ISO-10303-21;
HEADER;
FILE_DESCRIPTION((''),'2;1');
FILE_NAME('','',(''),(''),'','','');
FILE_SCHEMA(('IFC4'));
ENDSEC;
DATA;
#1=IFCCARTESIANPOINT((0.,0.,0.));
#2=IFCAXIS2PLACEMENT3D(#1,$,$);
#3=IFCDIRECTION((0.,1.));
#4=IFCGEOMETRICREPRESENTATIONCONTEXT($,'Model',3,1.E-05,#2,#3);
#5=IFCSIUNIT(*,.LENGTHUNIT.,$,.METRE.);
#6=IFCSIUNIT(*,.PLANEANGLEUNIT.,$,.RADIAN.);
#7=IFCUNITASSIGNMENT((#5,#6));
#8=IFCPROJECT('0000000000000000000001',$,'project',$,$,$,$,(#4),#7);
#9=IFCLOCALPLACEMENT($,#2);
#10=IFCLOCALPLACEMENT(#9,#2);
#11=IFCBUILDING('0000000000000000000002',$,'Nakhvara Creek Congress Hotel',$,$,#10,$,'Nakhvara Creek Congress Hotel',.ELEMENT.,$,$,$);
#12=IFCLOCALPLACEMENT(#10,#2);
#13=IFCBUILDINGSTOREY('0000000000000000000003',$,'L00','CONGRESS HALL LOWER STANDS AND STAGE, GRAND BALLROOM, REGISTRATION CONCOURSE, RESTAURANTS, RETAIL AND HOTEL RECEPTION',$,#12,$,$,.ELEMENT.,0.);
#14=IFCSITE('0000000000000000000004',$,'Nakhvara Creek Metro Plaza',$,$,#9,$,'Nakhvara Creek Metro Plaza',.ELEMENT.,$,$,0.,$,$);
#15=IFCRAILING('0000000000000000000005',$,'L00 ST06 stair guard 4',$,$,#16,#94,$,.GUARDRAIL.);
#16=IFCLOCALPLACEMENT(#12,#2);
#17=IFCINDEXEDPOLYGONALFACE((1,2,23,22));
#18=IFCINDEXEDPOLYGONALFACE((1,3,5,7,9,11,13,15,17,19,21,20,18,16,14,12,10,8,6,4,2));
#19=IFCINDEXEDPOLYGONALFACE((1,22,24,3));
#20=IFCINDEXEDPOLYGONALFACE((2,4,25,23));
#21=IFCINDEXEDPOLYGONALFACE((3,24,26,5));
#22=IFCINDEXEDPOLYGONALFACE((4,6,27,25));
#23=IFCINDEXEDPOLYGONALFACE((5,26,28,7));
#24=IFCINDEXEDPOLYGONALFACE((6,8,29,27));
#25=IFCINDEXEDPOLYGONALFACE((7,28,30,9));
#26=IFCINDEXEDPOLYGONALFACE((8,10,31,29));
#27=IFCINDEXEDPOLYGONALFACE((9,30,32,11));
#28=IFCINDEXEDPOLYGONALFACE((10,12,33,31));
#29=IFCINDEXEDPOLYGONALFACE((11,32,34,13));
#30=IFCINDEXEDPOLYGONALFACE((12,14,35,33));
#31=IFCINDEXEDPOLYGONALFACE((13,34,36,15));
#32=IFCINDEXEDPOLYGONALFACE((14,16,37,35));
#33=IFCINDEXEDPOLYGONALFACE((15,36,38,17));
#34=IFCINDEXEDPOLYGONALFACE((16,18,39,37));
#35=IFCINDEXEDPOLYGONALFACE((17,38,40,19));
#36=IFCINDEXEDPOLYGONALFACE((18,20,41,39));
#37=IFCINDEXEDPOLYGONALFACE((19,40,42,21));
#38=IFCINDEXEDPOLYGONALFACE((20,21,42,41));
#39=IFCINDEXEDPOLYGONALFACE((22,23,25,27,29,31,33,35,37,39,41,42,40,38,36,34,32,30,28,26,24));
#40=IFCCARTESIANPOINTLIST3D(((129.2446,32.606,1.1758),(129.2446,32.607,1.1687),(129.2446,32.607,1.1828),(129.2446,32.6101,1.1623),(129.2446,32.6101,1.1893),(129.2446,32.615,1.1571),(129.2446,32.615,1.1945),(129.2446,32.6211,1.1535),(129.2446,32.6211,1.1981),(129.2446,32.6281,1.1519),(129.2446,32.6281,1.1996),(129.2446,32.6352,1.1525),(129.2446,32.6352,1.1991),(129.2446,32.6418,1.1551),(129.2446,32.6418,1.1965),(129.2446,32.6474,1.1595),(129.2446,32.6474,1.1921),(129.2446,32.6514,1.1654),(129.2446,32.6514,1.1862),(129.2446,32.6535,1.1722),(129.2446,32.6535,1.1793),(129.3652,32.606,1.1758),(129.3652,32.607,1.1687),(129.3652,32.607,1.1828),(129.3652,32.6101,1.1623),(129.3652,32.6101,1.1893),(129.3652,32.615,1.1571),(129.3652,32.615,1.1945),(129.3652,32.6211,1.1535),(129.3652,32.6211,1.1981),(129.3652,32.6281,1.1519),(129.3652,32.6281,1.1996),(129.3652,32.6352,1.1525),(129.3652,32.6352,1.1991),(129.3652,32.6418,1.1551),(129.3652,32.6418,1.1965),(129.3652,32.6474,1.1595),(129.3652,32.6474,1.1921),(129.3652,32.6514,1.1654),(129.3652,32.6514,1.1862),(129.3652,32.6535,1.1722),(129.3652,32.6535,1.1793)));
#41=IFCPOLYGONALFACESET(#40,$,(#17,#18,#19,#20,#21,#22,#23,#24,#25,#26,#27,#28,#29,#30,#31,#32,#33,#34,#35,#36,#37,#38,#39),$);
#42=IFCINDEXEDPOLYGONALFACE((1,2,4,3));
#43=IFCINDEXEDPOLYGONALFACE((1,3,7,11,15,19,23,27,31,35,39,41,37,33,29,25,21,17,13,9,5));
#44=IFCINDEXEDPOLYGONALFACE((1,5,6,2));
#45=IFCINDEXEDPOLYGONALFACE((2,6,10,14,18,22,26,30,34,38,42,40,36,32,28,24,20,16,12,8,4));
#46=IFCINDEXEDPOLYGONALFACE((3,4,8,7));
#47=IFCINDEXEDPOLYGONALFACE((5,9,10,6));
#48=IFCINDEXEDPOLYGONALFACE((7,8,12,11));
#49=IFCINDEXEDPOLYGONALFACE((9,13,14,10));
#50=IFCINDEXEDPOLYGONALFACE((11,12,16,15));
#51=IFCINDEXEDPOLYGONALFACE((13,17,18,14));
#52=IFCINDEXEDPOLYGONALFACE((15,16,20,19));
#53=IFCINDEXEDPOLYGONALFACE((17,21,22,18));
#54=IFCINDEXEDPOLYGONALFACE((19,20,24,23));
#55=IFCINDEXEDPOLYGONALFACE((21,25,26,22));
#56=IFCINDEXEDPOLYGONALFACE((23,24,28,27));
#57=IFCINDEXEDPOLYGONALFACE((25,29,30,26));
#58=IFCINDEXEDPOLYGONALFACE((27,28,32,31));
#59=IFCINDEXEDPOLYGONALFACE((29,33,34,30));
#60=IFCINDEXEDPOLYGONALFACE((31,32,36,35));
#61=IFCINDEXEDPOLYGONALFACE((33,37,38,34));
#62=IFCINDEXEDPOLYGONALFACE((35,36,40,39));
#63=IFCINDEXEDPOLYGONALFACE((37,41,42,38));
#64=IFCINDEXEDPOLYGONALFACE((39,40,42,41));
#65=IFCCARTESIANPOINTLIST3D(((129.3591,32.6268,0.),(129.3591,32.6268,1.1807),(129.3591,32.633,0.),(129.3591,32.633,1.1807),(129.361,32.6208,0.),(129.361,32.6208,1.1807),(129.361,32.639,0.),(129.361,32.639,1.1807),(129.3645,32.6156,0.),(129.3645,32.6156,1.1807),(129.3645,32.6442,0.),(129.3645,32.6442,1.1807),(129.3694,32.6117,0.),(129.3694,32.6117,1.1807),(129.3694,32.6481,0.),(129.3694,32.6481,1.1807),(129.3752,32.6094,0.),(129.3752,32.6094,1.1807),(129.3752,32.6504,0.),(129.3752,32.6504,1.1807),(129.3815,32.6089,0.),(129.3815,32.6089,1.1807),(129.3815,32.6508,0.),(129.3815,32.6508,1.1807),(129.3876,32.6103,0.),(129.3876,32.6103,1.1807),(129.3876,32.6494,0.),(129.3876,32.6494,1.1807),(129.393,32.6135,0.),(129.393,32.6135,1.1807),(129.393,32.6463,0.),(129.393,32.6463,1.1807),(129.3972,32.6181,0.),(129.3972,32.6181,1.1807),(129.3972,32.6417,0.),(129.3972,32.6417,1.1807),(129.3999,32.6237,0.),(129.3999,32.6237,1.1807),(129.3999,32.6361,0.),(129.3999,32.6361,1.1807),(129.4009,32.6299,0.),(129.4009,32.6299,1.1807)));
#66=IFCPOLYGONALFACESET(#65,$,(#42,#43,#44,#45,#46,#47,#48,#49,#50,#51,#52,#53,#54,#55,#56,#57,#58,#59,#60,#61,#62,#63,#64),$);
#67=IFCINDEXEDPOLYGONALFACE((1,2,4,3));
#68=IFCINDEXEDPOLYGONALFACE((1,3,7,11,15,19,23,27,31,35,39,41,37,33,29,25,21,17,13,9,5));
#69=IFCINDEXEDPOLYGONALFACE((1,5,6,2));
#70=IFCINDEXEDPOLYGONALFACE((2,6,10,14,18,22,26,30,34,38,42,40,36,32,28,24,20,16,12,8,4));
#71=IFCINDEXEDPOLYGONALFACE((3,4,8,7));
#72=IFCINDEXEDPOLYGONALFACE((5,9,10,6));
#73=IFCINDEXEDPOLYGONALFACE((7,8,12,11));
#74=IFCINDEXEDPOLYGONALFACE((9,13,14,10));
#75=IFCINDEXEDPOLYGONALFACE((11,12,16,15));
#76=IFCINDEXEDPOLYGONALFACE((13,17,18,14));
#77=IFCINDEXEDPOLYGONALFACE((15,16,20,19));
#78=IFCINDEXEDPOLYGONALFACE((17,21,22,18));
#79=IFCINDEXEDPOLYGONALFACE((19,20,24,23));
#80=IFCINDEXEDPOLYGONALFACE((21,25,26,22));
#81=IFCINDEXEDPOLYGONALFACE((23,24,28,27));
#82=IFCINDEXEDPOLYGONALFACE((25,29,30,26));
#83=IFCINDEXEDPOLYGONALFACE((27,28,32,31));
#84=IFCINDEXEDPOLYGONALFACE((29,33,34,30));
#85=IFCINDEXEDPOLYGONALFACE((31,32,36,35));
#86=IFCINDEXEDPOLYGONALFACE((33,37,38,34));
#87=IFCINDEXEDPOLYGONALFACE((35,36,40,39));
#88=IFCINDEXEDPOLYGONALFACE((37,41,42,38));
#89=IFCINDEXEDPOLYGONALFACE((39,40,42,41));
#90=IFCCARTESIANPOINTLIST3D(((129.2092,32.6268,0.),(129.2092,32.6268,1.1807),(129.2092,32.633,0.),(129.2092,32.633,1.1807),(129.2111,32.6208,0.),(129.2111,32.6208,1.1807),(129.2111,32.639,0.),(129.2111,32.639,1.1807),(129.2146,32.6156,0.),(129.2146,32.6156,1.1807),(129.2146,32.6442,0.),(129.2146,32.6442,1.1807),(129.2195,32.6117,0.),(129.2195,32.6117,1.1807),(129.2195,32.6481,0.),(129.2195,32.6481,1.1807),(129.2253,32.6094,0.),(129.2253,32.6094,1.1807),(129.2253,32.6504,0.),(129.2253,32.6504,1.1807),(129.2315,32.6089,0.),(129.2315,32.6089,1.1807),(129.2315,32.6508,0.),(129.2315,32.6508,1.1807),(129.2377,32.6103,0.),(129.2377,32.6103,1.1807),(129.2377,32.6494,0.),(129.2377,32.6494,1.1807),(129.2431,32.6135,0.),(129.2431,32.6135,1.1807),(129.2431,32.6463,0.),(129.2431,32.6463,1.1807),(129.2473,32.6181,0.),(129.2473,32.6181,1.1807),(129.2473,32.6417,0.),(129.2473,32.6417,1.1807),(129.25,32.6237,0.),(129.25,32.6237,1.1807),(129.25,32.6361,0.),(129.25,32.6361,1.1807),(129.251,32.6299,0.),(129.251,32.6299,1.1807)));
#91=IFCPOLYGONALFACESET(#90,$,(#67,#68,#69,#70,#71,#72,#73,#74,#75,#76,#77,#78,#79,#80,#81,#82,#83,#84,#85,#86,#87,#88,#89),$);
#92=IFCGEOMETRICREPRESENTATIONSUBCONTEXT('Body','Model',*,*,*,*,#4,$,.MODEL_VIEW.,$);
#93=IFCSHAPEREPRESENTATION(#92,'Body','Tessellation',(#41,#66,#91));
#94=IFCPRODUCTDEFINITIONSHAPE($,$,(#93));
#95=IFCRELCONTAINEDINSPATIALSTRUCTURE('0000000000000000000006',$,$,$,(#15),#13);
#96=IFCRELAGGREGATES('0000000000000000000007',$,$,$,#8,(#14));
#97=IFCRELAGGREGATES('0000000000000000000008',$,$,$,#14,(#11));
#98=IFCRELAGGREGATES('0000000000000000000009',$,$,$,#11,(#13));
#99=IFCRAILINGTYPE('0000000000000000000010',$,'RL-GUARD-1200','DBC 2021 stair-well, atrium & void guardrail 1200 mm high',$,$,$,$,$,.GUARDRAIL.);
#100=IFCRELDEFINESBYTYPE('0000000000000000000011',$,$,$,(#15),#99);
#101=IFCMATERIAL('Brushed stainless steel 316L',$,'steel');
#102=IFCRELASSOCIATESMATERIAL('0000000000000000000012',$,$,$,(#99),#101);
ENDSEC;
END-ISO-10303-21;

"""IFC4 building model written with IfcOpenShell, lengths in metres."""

from ifc_helpers import new_model, si_unit, direction, frame, origin, origin_2d, place, context, subcontext, project, spatial, circle, extrude, material, type_object, element, save


model = new_model("IFC4")

# Units and contexts
model_context = context("Model", 3, precision=1e-05, world=origin(), true_north=direction((0.0, 1.0)))
body_context = subcontext(model_context, "Body", "Model", "MODEL_VIEW")
ifc_project = project(units=[si_unit("LENGTHUNIT", "METRE"), si_unit("PLANEANGLEUNIT", "RADIAN")], contexts=[model_context])

# Site, building, storey
site_placement = place(None, origin())
site = spatial("IfcSite", under=ifc_project, at=site_placement, Name="Nakhvara Creek Metro Plaza", LongName="Nakhvara Creek Metro Plaza", CompositionType="ELEMENT", RefElevation=0.0)
building_placement = place(site_placement, origin())
building = spatial("IfcBuilding", under=site, at=building_placement, Name="Nakhvara Creek Congress Hotel", LongName="Nakhvara Creek Congress Hotel", CompositionType="ELEMENT")
storey_placement = place(building_placement, origin())
storey = spatial("IfcBuildingStorey", under=building, at=storey_placement, Name="L00", Description="CONGRESS HALL LOWER STANDS AND STAGE, GRAND BALLROOM, REGISTRATION CONCOURSE, RESTAURANTS, RETAIL AND HOTEL RECEPTION", CompositionType="ELEMENT", Elevation=0.0)

# Railing
ifc_material_1 = material(Name="Brushed stainless steel 316L", Category="steel")
railing_type_1 = type_object("IfcRailingType", Name="RL-GUARD-1200", Description="DBC 2021 stair-well, atrium & void guardrail 1200 mm high", PredefinedType="GUARDRAIL", material=ifc_material_1)
railing_1_placement = place(storey_placement, frame((129.3799, 32.6299, 0.0)))
element("IfcRailing", 1, at=railing_1_placement, inside=storey, type_object=railing_type_1, Name="L00 ST06 stair guard 4", PredefinedType="GUARDRAIL", context=body_context, shape_type="SweptSolid", body=[
    extrude(circle(Radius=0.0239, at=origin_2d()), frame((-0.0146, 0.0, 1.1758), z_axis=(-1.0, 0.0, 0.0), x_axis=(0.0, -1.0, 0.0)), (0.0, 0.0, 1.0), 0.1206),
    extrude(circle(Radius=0.021, at=origin_2d()), origin(), (0.0, 0.0, 1.0), 1.1807),
    extrude(circle(Radius=0.021, at=origin_2d()), frame((-0.1499, 0.0, 0.0)), (0.0, 0.0, 1.0), 1.1807),
])

save(model, "model.ifc")
